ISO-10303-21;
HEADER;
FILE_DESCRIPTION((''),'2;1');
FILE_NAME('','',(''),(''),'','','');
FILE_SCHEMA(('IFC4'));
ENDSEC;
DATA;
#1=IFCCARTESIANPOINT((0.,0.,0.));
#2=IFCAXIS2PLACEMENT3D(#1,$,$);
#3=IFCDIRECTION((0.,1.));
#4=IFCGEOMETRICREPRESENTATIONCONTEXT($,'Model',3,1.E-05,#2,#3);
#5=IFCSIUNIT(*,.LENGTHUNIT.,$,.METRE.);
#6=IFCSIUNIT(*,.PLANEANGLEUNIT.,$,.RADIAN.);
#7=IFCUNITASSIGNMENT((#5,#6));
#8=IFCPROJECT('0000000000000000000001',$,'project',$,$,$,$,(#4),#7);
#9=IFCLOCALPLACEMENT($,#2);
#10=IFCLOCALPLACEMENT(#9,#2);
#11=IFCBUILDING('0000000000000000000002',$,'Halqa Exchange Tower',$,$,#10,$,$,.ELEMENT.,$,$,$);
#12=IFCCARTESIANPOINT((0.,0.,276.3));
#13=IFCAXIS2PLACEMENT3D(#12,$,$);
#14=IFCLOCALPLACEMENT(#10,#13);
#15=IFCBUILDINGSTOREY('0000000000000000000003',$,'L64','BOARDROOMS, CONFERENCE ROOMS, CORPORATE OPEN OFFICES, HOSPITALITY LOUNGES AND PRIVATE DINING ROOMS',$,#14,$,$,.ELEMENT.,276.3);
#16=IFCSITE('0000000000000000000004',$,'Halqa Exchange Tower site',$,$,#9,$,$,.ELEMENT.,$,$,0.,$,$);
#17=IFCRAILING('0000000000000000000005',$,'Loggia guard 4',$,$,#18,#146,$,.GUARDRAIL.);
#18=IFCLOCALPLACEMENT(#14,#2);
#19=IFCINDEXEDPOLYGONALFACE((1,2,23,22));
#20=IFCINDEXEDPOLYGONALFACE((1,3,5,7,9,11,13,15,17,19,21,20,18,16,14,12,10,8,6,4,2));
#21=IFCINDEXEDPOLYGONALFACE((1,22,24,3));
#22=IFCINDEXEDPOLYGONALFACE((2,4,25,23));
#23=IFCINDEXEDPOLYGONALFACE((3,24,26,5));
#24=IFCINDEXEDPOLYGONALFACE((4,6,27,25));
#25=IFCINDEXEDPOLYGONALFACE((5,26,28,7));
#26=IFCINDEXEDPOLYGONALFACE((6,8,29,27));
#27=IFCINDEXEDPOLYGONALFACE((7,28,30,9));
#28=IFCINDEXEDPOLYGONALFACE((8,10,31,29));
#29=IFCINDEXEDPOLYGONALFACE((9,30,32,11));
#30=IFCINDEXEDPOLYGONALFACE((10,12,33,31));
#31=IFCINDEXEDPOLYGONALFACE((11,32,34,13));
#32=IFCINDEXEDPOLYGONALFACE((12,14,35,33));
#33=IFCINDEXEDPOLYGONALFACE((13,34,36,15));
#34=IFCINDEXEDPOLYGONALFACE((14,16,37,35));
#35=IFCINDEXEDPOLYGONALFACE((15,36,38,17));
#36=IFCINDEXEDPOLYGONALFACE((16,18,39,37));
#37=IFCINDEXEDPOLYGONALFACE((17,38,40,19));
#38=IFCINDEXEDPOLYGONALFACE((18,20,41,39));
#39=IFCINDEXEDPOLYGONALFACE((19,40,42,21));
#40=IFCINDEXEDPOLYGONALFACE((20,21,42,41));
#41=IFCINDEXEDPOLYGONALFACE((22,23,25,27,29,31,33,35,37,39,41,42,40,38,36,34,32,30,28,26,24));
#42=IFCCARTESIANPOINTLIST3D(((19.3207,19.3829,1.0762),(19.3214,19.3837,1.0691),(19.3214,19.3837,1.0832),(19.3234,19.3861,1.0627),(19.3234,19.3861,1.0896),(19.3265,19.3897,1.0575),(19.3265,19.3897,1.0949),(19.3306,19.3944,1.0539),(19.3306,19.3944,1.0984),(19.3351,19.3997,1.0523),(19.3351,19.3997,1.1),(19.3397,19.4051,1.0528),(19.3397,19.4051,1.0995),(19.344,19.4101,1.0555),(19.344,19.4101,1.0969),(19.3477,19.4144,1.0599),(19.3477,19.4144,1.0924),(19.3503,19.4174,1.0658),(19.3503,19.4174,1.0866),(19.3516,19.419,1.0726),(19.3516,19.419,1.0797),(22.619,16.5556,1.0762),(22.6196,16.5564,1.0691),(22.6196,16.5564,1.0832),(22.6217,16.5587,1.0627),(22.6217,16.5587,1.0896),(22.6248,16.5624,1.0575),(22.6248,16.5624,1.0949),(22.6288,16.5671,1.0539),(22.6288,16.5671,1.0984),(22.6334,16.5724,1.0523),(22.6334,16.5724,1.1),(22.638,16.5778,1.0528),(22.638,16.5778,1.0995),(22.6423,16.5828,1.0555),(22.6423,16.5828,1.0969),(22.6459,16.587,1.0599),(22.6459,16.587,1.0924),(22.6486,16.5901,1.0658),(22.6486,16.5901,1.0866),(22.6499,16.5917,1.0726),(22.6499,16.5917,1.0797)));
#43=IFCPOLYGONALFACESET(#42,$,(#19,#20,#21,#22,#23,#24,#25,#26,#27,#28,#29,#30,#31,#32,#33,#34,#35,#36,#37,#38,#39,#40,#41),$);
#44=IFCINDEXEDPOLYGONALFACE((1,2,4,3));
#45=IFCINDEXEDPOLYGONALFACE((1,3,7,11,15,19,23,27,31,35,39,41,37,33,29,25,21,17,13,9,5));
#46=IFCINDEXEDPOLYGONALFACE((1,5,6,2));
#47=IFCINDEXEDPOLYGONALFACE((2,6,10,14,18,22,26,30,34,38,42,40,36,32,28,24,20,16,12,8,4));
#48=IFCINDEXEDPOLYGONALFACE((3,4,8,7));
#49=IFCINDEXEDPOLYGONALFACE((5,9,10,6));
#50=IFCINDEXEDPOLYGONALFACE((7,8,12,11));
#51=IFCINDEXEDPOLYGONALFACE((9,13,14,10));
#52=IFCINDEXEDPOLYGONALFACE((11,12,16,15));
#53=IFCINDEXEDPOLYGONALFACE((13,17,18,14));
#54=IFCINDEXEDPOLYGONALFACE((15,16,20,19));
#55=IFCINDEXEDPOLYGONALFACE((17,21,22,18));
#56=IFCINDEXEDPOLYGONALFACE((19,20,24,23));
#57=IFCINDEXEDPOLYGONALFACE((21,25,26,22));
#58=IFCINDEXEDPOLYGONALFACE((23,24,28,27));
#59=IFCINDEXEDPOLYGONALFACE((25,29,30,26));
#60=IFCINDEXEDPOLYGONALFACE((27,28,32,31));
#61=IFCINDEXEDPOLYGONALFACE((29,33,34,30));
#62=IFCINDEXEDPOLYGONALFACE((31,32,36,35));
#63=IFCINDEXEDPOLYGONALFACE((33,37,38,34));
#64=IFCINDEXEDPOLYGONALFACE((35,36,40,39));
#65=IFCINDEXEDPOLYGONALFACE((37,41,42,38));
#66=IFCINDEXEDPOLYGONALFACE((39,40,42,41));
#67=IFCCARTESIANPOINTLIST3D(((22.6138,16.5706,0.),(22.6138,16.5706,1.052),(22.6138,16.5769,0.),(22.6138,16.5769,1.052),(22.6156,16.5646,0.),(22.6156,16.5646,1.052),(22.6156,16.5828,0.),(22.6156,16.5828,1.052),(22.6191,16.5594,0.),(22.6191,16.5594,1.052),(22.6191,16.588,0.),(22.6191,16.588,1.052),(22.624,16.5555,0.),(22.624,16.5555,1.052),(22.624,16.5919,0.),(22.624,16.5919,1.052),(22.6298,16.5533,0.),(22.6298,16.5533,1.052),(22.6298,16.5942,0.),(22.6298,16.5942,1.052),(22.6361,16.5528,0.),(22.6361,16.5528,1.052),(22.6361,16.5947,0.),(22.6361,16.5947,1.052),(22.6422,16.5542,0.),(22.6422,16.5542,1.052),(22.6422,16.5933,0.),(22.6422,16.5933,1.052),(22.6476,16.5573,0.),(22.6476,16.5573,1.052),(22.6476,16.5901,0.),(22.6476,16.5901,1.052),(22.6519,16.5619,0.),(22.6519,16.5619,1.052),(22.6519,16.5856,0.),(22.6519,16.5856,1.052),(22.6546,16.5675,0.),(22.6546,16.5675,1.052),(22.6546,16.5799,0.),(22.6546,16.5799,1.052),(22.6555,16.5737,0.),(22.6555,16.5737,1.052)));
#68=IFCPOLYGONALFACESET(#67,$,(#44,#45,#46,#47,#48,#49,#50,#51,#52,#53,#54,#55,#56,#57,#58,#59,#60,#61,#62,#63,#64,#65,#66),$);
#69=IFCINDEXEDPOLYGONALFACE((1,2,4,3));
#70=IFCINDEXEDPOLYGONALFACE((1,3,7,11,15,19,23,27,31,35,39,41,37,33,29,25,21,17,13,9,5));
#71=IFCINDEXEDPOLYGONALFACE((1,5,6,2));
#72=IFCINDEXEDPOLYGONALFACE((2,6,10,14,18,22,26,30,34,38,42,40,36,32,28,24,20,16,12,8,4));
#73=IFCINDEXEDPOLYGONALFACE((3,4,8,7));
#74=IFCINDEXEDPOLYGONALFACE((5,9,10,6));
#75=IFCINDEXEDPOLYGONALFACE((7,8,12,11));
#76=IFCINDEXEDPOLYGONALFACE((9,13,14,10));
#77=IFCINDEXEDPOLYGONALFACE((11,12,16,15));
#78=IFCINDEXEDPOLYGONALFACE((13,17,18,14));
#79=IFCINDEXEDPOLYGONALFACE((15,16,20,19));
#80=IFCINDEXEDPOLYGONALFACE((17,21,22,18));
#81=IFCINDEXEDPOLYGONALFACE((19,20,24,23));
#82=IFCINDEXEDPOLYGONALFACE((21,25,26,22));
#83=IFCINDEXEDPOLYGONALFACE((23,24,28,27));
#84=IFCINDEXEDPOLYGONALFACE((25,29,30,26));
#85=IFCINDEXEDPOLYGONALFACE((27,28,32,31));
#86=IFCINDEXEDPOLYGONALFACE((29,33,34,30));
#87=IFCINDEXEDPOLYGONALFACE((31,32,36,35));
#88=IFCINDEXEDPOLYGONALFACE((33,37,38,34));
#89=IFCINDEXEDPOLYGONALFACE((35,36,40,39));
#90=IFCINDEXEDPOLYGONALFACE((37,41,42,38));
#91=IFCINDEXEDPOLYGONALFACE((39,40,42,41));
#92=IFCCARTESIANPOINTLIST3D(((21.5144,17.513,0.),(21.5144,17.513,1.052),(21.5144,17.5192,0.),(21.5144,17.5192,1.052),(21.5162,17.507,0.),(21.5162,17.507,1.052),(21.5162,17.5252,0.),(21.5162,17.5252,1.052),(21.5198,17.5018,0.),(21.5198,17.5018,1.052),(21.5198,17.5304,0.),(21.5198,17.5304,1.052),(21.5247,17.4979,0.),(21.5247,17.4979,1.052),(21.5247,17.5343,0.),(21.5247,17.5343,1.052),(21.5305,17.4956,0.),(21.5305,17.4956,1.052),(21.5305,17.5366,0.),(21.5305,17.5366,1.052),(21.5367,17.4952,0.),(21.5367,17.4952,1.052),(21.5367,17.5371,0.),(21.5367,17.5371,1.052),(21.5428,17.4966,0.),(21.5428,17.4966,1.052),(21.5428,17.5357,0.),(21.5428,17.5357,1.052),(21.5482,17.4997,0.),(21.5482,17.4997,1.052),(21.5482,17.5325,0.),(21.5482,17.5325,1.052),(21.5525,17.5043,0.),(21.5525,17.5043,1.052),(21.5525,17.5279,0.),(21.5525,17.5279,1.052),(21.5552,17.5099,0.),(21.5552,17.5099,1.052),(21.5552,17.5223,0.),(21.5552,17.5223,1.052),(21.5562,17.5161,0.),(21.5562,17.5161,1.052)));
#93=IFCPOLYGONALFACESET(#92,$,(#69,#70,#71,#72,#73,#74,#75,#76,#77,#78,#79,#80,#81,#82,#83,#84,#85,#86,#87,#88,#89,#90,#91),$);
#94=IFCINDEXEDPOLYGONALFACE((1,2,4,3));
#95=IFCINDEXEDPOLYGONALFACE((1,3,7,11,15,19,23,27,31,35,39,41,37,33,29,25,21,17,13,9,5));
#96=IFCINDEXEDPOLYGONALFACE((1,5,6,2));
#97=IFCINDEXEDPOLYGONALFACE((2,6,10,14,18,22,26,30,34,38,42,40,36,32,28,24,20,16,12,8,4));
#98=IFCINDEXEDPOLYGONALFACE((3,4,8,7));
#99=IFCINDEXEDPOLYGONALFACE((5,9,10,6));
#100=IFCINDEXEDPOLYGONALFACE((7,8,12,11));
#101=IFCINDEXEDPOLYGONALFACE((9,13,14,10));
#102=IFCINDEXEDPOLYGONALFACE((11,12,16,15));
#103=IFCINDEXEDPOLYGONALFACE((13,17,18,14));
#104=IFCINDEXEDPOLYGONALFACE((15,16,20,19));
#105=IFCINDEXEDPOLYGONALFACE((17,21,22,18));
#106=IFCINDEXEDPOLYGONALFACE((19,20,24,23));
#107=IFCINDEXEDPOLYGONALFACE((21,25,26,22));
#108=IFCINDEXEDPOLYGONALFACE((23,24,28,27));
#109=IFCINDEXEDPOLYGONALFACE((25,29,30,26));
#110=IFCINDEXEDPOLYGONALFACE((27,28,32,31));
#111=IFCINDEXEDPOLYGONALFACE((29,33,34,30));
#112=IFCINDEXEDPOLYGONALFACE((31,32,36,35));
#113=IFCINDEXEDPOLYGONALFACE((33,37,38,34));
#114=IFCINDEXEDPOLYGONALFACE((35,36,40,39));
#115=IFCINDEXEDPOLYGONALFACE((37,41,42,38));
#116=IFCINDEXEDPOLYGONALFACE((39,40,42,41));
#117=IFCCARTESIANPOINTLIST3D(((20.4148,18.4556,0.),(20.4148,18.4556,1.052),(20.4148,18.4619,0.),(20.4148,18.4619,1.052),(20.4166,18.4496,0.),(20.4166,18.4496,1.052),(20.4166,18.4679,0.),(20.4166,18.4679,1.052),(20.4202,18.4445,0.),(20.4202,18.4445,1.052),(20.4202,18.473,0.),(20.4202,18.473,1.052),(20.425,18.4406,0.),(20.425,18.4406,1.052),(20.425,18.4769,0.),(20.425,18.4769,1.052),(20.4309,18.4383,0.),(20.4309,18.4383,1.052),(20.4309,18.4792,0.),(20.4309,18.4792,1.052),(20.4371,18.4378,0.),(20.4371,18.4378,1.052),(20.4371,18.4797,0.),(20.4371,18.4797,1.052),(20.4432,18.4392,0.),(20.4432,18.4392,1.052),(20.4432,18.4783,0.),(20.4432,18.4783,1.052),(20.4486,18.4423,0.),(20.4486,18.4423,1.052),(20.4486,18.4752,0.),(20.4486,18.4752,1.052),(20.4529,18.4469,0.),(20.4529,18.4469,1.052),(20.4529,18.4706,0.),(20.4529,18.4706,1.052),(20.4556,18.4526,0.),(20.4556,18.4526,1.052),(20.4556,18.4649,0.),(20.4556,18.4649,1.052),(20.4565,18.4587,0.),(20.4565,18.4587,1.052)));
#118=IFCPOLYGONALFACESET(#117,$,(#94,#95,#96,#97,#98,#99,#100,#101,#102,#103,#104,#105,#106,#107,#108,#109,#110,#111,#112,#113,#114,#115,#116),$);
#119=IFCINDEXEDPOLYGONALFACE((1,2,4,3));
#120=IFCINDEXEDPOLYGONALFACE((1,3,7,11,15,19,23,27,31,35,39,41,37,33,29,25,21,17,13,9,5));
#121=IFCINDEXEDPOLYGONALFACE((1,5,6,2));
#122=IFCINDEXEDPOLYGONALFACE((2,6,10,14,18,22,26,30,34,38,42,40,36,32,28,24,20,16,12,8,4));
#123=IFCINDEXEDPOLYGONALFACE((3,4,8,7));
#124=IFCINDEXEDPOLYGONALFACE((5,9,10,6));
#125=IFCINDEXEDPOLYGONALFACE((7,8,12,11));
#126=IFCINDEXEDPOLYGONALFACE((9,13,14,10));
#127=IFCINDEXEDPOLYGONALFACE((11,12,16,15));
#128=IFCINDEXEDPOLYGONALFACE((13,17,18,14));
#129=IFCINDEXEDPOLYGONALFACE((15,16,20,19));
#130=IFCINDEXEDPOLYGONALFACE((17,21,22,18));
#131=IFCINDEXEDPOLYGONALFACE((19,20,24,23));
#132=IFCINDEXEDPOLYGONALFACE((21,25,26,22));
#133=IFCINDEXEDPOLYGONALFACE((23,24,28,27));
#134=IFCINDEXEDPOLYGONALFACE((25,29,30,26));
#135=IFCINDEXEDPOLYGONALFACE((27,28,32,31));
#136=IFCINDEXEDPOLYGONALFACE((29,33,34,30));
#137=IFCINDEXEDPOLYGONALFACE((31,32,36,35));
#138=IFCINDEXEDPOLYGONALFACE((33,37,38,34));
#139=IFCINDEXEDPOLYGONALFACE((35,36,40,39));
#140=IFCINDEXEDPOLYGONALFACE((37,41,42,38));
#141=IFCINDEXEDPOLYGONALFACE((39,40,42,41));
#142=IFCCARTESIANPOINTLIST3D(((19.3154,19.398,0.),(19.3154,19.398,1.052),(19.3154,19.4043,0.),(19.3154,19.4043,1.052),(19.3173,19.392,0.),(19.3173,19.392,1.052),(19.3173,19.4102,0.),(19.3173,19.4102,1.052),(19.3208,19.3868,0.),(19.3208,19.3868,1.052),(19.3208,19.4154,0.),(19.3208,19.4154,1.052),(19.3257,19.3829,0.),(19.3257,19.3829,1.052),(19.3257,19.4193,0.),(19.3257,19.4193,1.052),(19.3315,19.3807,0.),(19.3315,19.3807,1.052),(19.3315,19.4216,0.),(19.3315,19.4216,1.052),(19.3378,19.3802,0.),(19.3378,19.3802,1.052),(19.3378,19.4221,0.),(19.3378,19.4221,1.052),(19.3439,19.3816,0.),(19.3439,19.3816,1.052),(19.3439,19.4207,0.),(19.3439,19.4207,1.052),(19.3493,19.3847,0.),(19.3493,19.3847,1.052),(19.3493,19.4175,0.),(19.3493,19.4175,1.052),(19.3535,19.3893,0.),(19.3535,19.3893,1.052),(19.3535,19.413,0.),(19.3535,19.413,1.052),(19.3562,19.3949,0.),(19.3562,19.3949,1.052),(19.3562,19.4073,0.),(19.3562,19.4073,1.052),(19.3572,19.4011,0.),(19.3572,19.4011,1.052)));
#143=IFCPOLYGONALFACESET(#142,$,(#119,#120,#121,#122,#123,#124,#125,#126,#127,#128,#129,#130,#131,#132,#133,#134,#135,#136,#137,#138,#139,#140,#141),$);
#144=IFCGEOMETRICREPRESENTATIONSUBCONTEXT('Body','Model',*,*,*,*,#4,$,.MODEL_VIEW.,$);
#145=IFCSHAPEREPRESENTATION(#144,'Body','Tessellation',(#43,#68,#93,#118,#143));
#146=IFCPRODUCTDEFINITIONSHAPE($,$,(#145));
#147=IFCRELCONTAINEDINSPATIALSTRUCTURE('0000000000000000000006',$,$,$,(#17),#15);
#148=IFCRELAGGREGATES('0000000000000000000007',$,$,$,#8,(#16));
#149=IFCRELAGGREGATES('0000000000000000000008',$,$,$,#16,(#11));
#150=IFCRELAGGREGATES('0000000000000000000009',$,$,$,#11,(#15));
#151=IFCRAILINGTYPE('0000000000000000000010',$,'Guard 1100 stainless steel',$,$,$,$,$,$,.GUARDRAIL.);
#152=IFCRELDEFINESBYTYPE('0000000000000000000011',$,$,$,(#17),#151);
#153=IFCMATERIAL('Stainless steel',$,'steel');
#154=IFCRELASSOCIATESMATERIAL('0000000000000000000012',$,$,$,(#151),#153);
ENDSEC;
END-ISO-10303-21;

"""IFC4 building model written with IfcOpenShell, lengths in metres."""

from ifc_helpers import new_model, si_unit, direction, frame, origin, origin_2d, place, context, subcontext, project, spatial, circle, extrude, material, type_object, element, save


model = new_model("IFC4")

# Units and contexts
model_context = context("Model", 3, precision=1e-05, world=origin(), true_north=direction((0.0, 1.0)))
body_context = subcontext(model_context, "Body", "Model", "MODEL_VIEW")
ifc_project = project(units=[si_unit("LENGTHUNIT", "METRE"), si_unit("PLANEANGLEUNIT", "RADIAN")], contexts=[model_context])

# Site, building, storey
site_placement = place(None, origin())
site = spatial("IfcSite", under=ifc_project, at=site_placement, Name="Halqa Exchange Tower site", CompositionType="ELEMENT", RefElevation=0.0)
building_placement = place(site_placement, origin())
building = spatial("IfcBuilding", under=site, at=building_placement, Name="Halqa Exchange Tower", CompositionType="ELEMENT")
storey_placement = place(building_placement, frame((0.0, 0.0, 276.3)))
storey = spatial("IfcBuildingStorey", under=building, at=storey_placement, Name="L64", Description="BOARDROOMS, CONFERENCE ROOMS, CORPORATE OPEN OFFICES, HOSPITALITY LOUNGES AND PRIVATE DINING ROOMS", CompositionType="ELEMENT", Elevation=276.3)

# Railing
ifc_material_1 = material(Name="Stainless steel", Category="steel")
railing_type = type_object("IfcRailingType", Name="Guard 1100 stainless steel", PredefinedType="GUARDRAIL", material=ifc_material_1)
railing_1_placement = place(storey_placement, frame((22.6345, 16.5737, 0.0)))
element("IfcRailing", 1, at=railing_1_placement, inside=storey, type_object=railing_type, Name="Loggia guard 4", PredefinedType="GUARDRAIL", context=body_context, shape_type="SweptSolid", body=[
    extrude(circle(Radius=0.0239, at=origin_2d()), frame((0.0, 0.0, 1.0762), z_axis=(-0.759229, 0.650824, 0.0), x_axis=(-0.650824, -0.759229, 0.0)), (0.0, 0.0, 1.0), 4.3442),
    extrude(circle(Radius=0.021, at=origin_2d()), origin(), (0.0, 0.0, 1.0), 1.052),
    extrude(circle(Radius=0.021, at=origin_2d()), frame((-1.0994, 0.9424, 0.0)), (0.0, 0.0, 1.0), 1.052),
    extrude(circle(Radius=0.021, at=origin_2d()), frame((-2.199, 1.885, 0.0)), (0.0, 0.0, 1.0), 1.052),
    extrude(circle(Radius=0.021, at=origin_2d()), frame((-3.2983, 2.8274, 0.0)), (0.0, 0.0, 1.0), 1.052),
])

save(model, "model.ifc")
